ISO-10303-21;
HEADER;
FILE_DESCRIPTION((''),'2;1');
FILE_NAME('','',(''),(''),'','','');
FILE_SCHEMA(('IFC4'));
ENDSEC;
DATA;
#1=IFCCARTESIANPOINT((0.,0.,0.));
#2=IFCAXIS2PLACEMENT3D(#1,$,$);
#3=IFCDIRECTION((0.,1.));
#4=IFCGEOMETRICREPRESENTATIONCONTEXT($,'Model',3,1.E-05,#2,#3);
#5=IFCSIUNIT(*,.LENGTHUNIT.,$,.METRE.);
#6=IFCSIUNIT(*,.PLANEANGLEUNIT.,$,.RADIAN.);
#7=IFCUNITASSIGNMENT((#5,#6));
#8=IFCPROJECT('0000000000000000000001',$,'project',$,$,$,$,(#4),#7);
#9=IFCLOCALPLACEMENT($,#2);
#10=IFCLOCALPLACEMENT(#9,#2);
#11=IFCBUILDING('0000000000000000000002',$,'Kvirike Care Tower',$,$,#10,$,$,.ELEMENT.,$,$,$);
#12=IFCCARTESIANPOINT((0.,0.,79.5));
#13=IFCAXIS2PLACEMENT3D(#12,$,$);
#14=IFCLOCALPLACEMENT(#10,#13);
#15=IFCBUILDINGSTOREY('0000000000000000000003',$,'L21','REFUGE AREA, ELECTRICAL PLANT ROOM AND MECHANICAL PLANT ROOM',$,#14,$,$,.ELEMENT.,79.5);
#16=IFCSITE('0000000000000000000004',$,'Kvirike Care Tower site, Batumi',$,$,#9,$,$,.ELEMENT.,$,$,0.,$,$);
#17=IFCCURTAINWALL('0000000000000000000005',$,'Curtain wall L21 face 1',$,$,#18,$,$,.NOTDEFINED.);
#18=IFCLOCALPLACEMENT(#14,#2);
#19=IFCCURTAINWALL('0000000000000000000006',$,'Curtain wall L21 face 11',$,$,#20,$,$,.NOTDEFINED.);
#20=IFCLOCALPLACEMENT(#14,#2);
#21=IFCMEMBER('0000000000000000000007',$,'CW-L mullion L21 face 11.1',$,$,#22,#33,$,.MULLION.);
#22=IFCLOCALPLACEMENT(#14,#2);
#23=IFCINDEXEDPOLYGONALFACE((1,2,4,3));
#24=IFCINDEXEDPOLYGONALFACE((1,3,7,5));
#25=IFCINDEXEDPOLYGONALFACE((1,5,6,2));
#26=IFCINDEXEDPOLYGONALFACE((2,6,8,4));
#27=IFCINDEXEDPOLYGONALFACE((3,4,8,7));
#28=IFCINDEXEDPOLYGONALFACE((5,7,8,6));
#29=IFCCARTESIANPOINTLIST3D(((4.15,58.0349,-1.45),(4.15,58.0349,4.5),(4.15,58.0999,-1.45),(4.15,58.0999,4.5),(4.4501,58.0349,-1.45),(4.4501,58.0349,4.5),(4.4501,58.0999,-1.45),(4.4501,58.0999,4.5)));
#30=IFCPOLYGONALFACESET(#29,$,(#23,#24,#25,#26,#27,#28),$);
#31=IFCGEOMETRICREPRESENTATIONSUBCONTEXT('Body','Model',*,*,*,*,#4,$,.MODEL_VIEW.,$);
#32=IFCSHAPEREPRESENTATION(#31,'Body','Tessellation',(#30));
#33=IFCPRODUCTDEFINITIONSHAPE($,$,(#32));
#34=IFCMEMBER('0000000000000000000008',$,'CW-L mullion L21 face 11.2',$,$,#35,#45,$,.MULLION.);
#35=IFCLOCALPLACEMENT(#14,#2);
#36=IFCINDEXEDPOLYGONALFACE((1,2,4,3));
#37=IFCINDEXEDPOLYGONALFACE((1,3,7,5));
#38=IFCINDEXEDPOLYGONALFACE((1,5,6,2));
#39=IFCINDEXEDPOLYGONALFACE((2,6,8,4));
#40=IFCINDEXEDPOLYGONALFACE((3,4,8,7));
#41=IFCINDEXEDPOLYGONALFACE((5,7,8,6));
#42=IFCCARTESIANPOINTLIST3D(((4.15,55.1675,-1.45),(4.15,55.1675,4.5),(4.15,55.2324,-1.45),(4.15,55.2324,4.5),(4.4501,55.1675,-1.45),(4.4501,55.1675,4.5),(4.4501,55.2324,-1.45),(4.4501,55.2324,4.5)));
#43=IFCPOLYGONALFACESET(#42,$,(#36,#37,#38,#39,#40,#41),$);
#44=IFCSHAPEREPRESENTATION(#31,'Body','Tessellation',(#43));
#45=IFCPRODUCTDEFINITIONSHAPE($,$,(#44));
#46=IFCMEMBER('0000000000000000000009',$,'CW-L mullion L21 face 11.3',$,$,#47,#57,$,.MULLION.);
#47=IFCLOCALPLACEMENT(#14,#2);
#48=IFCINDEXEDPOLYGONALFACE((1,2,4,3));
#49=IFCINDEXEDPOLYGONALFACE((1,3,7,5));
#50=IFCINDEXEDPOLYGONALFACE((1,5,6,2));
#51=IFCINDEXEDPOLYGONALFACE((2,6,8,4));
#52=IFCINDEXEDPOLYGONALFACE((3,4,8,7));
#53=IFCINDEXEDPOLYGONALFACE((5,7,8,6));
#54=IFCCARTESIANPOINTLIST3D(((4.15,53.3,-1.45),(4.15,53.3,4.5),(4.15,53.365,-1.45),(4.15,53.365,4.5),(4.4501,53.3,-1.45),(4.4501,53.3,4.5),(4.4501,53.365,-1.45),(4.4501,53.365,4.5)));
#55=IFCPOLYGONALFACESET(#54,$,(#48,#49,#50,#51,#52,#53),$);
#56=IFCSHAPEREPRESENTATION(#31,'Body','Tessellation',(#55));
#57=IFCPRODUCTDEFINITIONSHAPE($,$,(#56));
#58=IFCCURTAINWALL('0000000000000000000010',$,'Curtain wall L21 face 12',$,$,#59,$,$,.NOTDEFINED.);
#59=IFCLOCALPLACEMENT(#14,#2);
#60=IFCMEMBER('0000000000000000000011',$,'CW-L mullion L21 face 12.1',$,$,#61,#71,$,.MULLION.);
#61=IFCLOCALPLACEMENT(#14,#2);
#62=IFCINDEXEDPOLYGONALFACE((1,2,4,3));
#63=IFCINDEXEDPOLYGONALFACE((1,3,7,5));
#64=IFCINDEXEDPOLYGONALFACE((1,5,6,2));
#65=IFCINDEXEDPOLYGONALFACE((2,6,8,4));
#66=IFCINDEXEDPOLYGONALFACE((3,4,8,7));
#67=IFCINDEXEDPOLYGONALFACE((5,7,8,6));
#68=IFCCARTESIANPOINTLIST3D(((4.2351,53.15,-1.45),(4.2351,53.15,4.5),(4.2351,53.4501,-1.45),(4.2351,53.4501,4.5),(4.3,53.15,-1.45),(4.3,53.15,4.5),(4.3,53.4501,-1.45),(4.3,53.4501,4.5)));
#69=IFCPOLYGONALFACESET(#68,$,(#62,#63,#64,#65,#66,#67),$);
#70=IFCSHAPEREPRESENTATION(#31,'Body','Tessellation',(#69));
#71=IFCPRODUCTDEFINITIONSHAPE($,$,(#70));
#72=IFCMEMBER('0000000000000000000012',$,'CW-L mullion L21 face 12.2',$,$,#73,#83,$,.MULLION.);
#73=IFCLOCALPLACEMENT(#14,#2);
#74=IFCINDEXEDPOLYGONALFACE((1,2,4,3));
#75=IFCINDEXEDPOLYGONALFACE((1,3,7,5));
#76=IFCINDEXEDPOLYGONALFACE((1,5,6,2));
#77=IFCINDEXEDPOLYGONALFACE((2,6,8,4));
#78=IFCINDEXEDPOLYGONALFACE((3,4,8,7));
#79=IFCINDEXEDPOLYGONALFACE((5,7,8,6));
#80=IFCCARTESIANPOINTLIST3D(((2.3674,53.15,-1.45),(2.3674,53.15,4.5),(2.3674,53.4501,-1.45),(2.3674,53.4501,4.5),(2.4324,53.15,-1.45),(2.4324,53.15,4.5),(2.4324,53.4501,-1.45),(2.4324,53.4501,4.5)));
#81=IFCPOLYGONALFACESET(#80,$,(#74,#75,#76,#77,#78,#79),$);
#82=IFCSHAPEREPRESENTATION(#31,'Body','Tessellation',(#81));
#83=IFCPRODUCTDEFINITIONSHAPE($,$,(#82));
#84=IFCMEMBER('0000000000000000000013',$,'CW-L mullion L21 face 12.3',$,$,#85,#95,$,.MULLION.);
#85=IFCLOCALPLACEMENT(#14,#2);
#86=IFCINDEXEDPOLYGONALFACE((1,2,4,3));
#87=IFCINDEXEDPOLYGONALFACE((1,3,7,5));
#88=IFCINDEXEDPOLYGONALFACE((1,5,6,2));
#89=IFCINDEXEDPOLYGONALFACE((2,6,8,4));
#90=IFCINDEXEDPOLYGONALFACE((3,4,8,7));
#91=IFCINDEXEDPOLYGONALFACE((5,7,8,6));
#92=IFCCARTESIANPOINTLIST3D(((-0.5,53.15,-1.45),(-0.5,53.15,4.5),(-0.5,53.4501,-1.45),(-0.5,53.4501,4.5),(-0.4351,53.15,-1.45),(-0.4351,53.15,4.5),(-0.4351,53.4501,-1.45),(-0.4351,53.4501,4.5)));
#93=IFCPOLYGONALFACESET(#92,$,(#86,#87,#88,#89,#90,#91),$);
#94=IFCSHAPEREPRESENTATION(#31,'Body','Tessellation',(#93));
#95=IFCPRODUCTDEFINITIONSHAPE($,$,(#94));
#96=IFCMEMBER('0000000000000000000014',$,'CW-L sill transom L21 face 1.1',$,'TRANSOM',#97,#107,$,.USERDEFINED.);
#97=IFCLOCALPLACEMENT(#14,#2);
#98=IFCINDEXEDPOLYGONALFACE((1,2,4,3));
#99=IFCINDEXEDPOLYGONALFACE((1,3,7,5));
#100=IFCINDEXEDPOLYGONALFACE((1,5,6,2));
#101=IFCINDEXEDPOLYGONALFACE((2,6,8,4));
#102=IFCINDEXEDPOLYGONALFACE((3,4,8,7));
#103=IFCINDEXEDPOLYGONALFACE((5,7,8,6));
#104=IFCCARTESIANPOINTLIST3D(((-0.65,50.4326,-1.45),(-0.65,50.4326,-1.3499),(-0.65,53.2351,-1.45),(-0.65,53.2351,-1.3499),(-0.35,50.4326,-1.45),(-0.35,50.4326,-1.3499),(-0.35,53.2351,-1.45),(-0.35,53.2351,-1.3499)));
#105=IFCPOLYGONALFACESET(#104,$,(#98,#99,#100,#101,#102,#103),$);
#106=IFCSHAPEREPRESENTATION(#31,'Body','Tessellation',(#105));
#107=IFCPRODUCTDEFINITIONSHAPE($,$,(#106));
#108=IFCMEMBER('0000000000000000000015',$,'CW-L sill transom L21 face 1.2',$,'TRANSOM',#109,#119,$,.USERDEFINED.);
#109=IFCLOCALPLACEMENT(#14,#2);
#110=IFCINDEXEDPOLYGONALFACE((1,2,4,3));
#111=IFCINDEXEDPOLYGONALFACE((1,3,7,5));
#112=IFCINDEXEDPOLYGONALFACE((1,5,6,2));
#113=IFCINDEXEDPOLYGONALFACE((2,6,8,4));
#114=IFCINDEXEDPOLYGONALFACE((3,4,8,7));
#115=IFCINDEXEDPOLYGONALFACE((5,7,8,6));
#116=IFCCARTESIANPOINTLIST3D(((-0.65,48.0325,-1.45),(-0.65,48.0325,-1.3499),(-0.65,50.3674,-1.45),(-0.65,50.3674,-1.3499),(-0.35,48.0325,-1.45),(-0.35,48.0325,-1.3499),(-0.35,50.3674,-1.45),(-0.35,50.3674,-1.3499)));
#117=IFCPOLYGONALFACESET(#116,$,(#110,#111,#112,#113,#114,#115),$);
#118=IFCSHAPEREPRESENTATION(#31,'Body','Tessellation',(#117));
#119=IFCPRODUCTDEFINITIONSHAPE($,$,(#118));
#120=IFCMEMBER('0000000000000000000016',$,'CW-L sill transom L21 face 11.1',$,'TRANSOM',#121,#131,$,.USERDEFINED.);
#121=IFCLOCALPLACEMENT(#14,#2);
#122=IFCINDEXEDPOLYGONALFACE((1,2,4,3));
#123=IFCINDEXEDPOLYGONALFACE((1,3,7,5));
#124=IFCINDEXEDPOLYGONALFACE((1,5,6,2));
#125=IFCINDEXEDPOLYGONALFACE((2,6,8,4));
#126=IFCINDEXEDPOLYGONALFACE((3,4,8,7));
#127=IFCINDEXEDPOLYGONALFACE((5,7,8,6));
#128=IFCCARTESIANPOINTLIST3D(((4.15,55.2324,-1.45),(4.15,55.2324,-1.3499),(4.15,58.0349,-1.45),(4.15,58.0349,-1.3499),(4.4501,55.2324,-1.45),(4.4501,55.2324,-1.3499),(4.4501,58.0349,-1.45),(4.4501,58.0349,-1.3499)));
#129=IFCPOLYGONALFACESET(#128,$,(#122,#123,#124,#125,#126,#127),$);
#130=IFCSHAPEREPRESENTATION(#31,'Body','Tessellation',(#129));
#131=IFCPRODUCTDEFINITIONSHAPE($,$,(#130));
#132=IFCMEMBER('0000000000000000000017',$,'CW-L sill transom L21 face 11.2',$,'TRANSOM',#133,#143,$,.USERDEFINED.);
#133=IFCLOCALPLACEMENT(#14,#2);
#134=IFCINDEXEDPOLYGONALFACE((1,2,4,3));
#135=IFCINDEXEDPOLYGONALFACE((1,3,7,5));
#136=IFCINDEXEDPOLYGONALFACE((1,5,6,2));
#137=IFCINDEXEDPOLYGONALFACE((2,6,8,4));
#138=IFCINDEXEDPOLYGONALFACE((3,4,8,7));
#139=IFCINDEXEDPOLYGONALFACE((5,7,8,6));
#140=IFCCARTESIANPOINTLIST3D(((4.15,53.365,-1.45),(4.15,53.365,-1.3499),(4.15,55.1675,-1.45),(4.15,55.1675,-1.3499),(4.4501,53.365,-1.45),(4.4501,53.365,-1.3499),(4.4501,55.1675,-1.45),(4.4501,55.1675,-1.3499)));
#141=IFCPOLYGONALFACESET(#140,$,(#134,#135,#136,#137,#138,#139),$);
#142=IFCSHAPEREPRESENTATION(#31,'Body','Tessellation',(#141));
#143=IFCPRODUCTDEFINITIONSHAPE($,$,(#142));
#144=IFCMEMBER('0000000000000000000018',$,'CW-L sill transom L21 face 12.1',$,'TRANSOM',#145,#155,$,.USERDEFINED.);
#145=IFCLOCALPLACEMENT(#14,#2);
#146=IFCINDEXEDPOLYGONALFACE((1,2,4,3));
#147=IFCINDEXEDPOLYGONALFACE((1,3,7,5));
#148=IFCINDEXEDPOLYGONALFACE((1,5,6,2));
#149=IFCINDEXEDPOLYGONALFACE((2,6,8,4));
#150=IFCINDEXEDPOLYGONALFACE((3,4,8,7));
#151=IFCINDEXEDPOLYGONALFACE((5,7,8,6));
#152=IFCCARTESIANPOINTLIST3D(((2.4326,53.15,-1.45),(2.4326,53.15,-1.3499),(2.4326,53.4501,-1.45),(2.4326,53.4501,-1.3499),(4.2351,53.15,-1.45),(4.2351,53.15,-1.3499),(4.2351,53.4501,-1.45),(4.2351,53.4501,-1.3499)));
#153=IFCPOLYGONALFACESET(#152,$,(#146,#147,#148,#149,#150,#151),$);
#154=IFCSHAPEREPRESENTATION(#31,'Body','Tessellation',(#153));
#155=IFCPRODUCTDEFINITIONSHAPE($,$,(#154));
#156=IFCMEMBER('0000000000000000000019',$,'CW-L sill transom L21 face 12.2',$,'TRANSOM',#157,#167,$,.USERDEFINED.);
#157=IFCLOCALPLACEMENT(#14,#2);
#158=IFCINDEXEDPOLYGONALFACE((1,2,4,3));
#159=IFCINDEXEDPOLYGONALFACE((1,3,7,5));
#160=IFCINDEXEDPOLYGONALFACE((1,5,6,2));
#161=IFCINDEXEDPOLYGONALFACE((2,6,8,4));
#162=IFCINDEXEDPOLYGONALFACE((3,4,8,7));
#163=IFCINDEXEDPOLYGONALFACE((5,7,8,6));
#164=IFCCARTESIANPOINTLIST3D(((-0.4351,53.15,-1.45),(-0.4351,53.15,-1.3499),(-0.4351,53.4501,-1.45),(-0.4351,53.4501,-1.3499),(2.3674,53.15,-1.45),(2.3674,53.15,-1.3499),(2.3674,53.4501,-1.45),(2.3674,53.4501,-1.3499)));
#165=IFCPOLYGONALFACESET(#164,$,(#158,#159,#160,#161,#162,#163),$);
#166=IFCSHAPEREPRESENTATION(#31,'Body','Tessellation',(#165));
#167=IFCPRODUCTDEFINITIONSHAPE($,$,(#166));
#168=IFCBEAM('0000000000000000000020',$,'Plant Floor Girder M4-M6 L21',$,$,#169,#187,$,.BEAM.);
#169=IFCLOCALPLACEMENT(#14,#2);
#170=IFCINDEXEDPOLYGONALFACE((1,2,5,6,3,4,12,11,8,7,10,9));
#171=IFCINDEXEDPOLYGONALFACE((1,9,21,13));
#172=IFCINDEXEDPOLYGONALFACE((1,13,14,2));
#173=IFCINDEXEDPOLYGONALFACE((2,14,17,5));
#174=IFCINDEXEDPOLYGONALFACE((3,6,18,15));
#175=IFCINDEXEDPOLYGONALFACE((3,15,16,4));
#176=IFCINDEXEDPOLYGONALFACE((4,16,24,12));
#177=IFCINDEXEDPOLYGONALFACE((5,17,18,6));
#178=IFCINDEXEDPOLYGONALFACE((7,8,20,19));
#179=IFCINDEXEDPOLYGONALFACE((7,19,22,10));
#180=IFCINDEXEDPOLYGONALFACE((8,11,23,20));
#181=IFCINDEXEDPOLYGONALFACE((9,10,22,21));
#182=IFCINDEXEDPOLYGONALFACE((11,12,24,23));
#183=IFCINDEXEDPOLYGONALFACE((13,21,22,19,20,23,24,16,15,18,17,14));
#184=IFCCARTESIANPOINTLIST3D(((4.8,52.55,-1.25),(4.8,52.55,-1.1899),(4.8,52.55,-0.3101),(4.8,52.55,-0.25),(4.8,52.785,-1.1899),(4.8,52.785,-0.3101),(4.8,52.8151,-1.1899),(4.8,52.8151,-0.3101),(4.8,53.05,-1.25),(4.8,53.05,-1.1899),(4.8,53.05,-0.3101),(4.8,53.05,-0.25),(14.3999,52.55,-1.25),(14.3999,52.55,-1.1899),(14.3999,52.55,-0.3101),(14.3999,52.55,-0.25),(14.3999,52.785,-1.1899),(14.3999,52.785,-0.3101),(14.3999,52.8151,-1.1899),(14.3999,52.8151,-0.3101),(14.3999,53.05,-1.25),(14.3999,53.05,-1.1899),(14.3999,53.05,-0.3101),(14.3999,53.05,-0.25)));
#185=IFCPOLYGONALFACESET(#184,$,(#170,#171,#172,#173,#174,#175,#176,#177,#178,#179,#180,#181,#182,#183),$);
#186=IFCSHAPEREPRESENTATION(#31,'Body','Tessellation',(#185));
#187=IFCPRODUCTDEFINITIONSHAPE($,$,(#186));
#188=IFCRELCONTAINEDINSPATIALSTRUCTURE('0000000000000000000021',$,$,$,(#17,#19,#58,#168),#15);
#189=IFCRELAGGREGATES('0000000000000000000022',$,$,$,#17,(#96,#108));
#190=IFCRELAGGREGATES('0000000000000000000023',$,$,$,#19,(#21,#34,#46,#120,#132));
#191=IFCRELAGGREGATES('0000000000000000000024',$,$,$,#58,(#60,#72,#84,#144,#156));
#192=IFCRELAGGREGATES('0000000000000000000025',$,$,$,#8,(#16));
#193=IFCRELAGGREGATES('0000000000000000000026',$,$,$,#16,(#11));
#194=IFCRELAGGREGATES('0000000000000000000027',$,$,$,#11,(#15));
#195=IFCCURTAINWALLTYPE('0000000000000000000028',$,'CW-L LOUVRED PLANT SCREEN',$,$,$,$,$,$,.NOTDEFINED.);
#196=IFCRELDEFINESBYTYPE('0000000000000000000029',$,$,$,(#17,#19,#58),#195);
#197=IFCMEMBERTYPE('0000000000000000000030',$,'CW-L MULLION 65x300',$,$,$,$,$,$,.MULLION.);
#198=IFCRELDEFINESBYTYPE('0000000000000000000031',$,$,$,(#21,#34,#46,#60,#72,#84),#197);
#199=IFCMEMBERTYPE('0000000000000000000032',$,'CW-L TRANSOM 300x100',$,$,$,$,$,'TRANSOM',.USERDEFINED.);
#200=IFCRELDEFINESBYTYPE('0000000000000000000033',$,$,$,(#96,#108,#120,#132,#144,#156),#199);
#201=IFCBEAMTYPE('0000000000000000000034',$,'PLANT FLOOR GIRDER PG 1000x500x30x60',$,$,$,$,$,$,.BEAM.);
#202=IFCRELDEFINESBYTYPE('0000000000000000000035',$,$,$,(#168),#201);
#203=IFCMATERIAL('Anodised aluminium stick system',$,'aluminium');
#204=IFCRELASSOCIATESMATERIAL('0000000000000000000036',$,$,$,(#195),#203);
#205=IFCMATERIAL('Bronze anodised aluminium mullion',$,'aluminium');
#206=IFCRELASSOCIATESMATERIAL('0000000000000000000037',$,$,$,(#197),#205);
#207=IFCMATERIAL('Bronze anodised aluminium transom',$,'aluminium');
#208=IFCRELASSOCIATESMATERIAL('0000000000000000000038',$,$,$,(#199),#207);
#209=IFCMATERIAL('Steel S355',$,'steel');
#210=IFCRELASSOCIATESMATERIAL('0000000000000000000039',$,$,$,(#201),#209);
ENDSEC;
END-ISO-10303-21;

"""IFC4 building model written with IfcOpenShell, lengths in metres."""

from ifc_helpers import new_model, si_unit, direction, frame, origin, origin_2d, place, context, subcontext, project, spatial, rectangle, i_section, extrude, material, material_profile, profile_set, type_object, element, aggregate, save


model = new_model("IFC4")

# Units and contexts
model_context = context("Model", 3, precision=1e-05, world=origin(), true_north=direction((0.0, 1.0)))
body_context = subcontext(model_context, "Body", "Model", "MODEL_VIEW")
ifc_project = project(units=[si_unit("LENGTHUNIT", "METRE"), si_unit("PLANEANGLEUNIT", "RADIAN")], contexts=[model_context])

# Site, building, storey
site_placement = place(None, origin())
site = spatial("IfcSite", under=ifc_project, at=site_placement, Name="Kvirike Care Tower site, Batumi", CompositionType="ELEMENT", RefElevation=0.0)
building_placement = place(site_placement, origin())
building = spatial("IfcBuilding", under=site, at=building_placement, Name="Kvirike Care Tower", CompositionType="ELEMENT")
storey_placement = place(building_placement, frame((0.0, 0.0, 79.5)))
storey = spatial("IfcBuildingStorey", under=building, at=storey_placement, Name="L21", Description="REFUGE AREA, ELECTRICAL PLANT ROOM AND MECHANICAL PLANT ROOM", CompositionType="ELEMENT", Elevation=79.5)

# Curtain wall
ifc_material_1 = material(Name="Anodised aluminium stick system", Category="aluminium")
curtain_wall_type = type_object("IfcCurtainWallType", Name="CW-L LOUVRED PLANT SCREEN", PredefinedType="NOTDEFINED", material=ifc_material_1)
curtain_wall_1_placement = place(storey_placement, origin())
curtain_wall_1 = element("IfcCurtainWall", 1, at=curtain_wall_1_placement, inside=storey, type_object=curtain_wall_type, Name="Curtain wall L21 face 1", PredefinedType="NOTDEFINED")
ifc_material_2 = material(Name="Bronze anodised aluminium mullion", Category="aluminium")
ifc_material_profile_1 = material_profile(ifc_material_2, rectangle(XDim=0.0649, YDim=0.3, at=origin_2d()), Name="CW-L MULLION 65x300")
ifc_profile_set_1 = profile_set([ifc_material_profile_1], Name="Bronze anodised aluminium mullion")
member_type_1 = type_object("IfcMemberType", Name="CW-L MULLION 65x300", PredefinedType="MULLION", material=ifc_profile_set_1)

# Curtain walls, members
curtain_wall_2_placement = place(storey_placement, origin())
curtain_wall_2 = element("IfcCurtainWall", 2, at=curtain_wall_2_placement, inside=storey, type_object=curtain_wall_type, Name="Curtain wall L21 face 11", PredefinedType="NOTDEFINED")
member_1_placement = place(storey_placement, frame((4.3, 58.0674, -1.45), z_axis=(0.0, 0.0, 1.0), x_axis=(0.0, -1.0, 0.0)))
member_1 = element("IfcMember", 3, at=member_1_placement, type_object=member_type_1, Name="CW-L mullion L21 face 11.1", PredefinedType="MULLION", context=body_context, shape_type="SweptSolid", body=[
    extrude(rectangle(XDim=0.0649, YDim=0.3, at=origin_2d()), origin(), (0.0, 0.0, 1.0), 5.95),
])
member_2_placement = place(storey_placement, frame((4.3, 55.2, -1.45), z_axis=(0.0, 0.0, 1.0), x_axis=(0.0, -1.0, 0.0)))
member_2 = element("IfcMember", 4, at=member_2_placement, type_object=member_type_1, Name="CW-L mullion L21 face 11.2", PredefinedType="MULLION", context=body_context, shape_type="SweptSolid", body=[
    extrude(rectangle(XDim=0.0649, YDim=0.3, at=origin_2d()), origin(), (0.0, 0.0, 1.0), 5.95),
])
member_3_placement = place(storey_placement, frame((4.3, 53.3325, -1.45), z_axis=(0.0, 0.0, 1.0), x_axis=(0.0, -1.0, 0.0)))
member_3 = element("IfcMember", 5, at=member_3_placement, type_object=member_type_1, Name="CW-L mullion L21 face 11.3", PredefinedType="MULLION", context=body_context, shape_type="SweptSolid", body=[
    extrude(rectangle(XDim=0.0649, YDim=0.3, at=origin_2d()), origin(), (0.0, 0.0, 1.0), 5.95),
])
curtain_wall_3_placement = place(storey_placement, origin())
curtain_wall_3 = element("IfcCurtainWall", 6, at=curtain_wall_3_placement, inside=storey, type_object=curtain_wall_type, Name="Curtain wall L21 face 12", PredefinedType="NOTDEFINED")
member_4_placement = place(storey_placement, frame((4.2676, 53.3, -1.45), z_axis=(0.0, 0.0, 1.0), x_axis=(-1.0, 0.0, 0.0)))
member_4 = element("IfcMember", 7, at=member_4_placement, type_object=member_type_1, Name="CW-L mullion L21 face 12.1", PredefinedType="MULLION", context=body_context, shape_type="SweptSolid", body=[
    extrude(rectangle(XDim=0.0649, YDim=0.3, at=origin_2d()), origin(), (0.0, 0.0, 1.0), 5.95),
])
member_5_placement = place(storey_placement, frame((2.3999, 53.3, -1.45), z_axis=(0.0, 0.0, 1.0), x_axis=(-1.0, 0.0, 0.0)))
member_5 = element("IfcMember", 8, at=member_5_placement, type_object=member_type_1, Name="CW-L mullion L21 face 12.2", PredefinedType="MULLION", context=body_context, shape_type="SweptSolid", body=[
    extrude(rectangle(XDim=0.0649, YDim=0.3, at=origin_2d()), origin(), (0.0, 0.0, 1.0), 5.95),
])
member_6_placement = place(storey_placement, frame((-0.4675, 53.3, -1.45), z_axis=(0.0, 0.0, 1.0), x_axis=(-1.0, 0.0, 0.0)))
member_6 = element("IfcMember", 9, at=member_6_placement, type_object=member_type_1, Name="CW-L mullion L21 face 12.3", PredefinedType="MULLION", context=body_context, shape_type="SweptSolid", body=[
    extrude(rectangle(XDim=0.0649, YDim=0.3, at=origin_2d()), origin(), (0.0, 0.0, 1.0), 5.95),
])

# Members
ifc_material_3 = material(Name="Bronze anodised aluminium transom", Category="aluminium")
ifc_material_profile_2 = material_profile(ifc_material_3, rectangle(XDim=0.3, YDim=0.1001, at=origin_2d()), Name="CW-L TRANSOM 300x100")
ifc_profile_set_2 = profile_set([ifc_material_profile_2], Name="Bronze anodised aluminium transom")
member_type_2 = type_object("IfcMemberType", Name="CW-L TRANSOM 300x100", ElementType="TRANSOM", PredefinedType="USERDEFINED", material=ifc_profile_set_2)
member_7_placement = place(storey_placement, frame((-0.5, 53.2351, -1.3999), z_axis=(0.0, -1.0, 0.0), x_axis=(1.0, 0.0, 0.0)))
member_7 = element("IfcMember", 10, at=member_7_placement, type_object=member_type_2, Name="CW-L sill transom L21 face 1.1", ObjectType="TRANSOM", PredefinedType="USERDEFINED", context=body_context, shape_type="SweptSolid", body=[
    extrude(rectangle(XDim=0.3, YDim=0.1001, at=origin_2d()), origin(), (0.0, 0.0, 1.0), 2.8025),
])
member_8_placement = place(storey_placement, frame((-0.5, 50.3674, -1.3999), z_axis=(0.0, -1.0, 0.0), x_axis=(1.0, 0.0, 0.0)))
member_8 = element("IfcMember", 11, at=member_8_placement, type_object=member_type_2, Name="CW-L sill transom L21 face 1.2", ObjectType="TRANSOM", PredefinedType="USERDEFINED", context=body_context, shape_type="SweptSolid", body=[
    extrude(rectangle(XDim=0.3, YDim=0.1001, at=origin_2d()), origin(), (0.0, 0.0, 1.0), 2.335),
])
member_9_placement = place(storey_placement, frame((4.3, 58.0349, -1.3999), z_axis=(0.0, -1.0, 0.0), x_axis=(1.0, 0.0, 0.0)))
member_9 = element("IfcMember", 12, at=member_9_placement, type_object=member_type_2, Name="CW-L sill transom L21 face 11.1", ObjectType="TRANSOM", PredefinedType="USERDEFINED", context=body_context, shape_type="SweptSolid", body=[
    extrude(rectangle(XDim=0.3, YDim=0.1001, at=origin_2d()), origin(), (0.0, 0.0, 1.0), 2.8025),
])
member_10_placement = place(storey_placement, frame((4.3, 55.1675, -1.3999), z_axis=(0.0, -1.0, 0.0), x_axis=(1.0, 0.0, 0.0)))
member_10 = element("IfcMember", 13, at=member_10_placement, type_object=member_type_2, Name="CW-L sill transom L21 face 11.2", ObjectType="TRANSOM", PredefinedType="USERDEFINED", context=body_context, shape_type="SweptSolid", body=[
    extrude(rectangle(XDim=0.3, YDim=0.1001, at=origin_2d()), origin(), (0.0, 0.0, 1.0), 1.8025),
])
member_11_placement = place(storey_placement, frame((4.2351, 53.3, -1.3999), z_axis=(-1.0, 0.0, 0.0), x_axis=(0.0, -1.0, 0.0)))
member_11 = element("IfcMember", 14, at=member_11_placement, type_object=member_type_2, Name="CW-L sill transom L21 face 12.1", ObjectType="TRANSOM", PredefinedType="USERDEFINED", context=body_context, shape_type="SweptSolid", body=[
    extrude(rectangle(XDim=0.3, YDim=0.1001, at=origin_2d()), origin(), (0.0, 0.0, 1.0), 1.8025),
])
member_12_placement = place(storey_placement, frame((2.3674, 53.3, -1.3999), z_axis=(-1.0, 0.0, 0.0), x_axis=(0.0, -1.0, 0.0)))
member_12 = element("IfcMember", 15, at=member_12_placement, type_object=member_type_2, Name="CW-L sill transom L21 face 12.2", ObjectType="TRANSOM", PredefinedType="USERDEFINED", context=body_context, shape_type="SweptSolid", body=[
    extrude(rectangle(XDim=0.3, YDim=0.1001, at=origin_2d()), origin(), (0.0, 0.0, 1.0), 2.8025),
])

# Beam
ifc_material_4 = material(Name="Steel S355", Category="steel")
ifc_material_profile_3 = material_profile(ifc_material_4, i_section(OverallWidth=0.5, OverallDepth=1.0, WebThickness=0.03, FlangeThickness=0.0601, at=origin_2d()), Name="PG 1000x500x30x60")
ifc_profile_set_3 = profile_set([ifc_material_profile_3], Name="Steel S355")
beam_type_1 = type_object("IfcBeamType", Name="PLANT FLOOR GIRDER PG 1000x500x30x60", PredefinedType="BEAM", material=ifc_profile_set_3)
beam_1_placement = place(storey_placement, frame((4.8, 52.8, -0.75), z_axis=(1.0, 0.0, 0.0), x_axis=(0.0, 1.0, 0.0)))
element("IfcBeam", 16, at=beam_1_placement, inside=storey, type_object=beam_type_1, Name="Plant Floor Girder M4-M6 L21", PredefinedType="BEAM", context=body_context, shape_type="SweptSolid", body=[
    extrude(i_section(OverallWidth=0.5, OverallDepth=1.0, WebThickness=0.03, FlangeThickness=0.0601, at=origin_2d()), origin(), (0.0, 0.0, 1.0), 9.5999),
])

aggregate(curtain_wall_1, [member_7, member_8])
aggregate(curtain_wall_2, [member_1, member_2, member_3, member_9, member_10])
aggregate(curtain_wall_3, [member_4, member_5, member_6, member_11, member_12])

save(model, "model.ifc")
